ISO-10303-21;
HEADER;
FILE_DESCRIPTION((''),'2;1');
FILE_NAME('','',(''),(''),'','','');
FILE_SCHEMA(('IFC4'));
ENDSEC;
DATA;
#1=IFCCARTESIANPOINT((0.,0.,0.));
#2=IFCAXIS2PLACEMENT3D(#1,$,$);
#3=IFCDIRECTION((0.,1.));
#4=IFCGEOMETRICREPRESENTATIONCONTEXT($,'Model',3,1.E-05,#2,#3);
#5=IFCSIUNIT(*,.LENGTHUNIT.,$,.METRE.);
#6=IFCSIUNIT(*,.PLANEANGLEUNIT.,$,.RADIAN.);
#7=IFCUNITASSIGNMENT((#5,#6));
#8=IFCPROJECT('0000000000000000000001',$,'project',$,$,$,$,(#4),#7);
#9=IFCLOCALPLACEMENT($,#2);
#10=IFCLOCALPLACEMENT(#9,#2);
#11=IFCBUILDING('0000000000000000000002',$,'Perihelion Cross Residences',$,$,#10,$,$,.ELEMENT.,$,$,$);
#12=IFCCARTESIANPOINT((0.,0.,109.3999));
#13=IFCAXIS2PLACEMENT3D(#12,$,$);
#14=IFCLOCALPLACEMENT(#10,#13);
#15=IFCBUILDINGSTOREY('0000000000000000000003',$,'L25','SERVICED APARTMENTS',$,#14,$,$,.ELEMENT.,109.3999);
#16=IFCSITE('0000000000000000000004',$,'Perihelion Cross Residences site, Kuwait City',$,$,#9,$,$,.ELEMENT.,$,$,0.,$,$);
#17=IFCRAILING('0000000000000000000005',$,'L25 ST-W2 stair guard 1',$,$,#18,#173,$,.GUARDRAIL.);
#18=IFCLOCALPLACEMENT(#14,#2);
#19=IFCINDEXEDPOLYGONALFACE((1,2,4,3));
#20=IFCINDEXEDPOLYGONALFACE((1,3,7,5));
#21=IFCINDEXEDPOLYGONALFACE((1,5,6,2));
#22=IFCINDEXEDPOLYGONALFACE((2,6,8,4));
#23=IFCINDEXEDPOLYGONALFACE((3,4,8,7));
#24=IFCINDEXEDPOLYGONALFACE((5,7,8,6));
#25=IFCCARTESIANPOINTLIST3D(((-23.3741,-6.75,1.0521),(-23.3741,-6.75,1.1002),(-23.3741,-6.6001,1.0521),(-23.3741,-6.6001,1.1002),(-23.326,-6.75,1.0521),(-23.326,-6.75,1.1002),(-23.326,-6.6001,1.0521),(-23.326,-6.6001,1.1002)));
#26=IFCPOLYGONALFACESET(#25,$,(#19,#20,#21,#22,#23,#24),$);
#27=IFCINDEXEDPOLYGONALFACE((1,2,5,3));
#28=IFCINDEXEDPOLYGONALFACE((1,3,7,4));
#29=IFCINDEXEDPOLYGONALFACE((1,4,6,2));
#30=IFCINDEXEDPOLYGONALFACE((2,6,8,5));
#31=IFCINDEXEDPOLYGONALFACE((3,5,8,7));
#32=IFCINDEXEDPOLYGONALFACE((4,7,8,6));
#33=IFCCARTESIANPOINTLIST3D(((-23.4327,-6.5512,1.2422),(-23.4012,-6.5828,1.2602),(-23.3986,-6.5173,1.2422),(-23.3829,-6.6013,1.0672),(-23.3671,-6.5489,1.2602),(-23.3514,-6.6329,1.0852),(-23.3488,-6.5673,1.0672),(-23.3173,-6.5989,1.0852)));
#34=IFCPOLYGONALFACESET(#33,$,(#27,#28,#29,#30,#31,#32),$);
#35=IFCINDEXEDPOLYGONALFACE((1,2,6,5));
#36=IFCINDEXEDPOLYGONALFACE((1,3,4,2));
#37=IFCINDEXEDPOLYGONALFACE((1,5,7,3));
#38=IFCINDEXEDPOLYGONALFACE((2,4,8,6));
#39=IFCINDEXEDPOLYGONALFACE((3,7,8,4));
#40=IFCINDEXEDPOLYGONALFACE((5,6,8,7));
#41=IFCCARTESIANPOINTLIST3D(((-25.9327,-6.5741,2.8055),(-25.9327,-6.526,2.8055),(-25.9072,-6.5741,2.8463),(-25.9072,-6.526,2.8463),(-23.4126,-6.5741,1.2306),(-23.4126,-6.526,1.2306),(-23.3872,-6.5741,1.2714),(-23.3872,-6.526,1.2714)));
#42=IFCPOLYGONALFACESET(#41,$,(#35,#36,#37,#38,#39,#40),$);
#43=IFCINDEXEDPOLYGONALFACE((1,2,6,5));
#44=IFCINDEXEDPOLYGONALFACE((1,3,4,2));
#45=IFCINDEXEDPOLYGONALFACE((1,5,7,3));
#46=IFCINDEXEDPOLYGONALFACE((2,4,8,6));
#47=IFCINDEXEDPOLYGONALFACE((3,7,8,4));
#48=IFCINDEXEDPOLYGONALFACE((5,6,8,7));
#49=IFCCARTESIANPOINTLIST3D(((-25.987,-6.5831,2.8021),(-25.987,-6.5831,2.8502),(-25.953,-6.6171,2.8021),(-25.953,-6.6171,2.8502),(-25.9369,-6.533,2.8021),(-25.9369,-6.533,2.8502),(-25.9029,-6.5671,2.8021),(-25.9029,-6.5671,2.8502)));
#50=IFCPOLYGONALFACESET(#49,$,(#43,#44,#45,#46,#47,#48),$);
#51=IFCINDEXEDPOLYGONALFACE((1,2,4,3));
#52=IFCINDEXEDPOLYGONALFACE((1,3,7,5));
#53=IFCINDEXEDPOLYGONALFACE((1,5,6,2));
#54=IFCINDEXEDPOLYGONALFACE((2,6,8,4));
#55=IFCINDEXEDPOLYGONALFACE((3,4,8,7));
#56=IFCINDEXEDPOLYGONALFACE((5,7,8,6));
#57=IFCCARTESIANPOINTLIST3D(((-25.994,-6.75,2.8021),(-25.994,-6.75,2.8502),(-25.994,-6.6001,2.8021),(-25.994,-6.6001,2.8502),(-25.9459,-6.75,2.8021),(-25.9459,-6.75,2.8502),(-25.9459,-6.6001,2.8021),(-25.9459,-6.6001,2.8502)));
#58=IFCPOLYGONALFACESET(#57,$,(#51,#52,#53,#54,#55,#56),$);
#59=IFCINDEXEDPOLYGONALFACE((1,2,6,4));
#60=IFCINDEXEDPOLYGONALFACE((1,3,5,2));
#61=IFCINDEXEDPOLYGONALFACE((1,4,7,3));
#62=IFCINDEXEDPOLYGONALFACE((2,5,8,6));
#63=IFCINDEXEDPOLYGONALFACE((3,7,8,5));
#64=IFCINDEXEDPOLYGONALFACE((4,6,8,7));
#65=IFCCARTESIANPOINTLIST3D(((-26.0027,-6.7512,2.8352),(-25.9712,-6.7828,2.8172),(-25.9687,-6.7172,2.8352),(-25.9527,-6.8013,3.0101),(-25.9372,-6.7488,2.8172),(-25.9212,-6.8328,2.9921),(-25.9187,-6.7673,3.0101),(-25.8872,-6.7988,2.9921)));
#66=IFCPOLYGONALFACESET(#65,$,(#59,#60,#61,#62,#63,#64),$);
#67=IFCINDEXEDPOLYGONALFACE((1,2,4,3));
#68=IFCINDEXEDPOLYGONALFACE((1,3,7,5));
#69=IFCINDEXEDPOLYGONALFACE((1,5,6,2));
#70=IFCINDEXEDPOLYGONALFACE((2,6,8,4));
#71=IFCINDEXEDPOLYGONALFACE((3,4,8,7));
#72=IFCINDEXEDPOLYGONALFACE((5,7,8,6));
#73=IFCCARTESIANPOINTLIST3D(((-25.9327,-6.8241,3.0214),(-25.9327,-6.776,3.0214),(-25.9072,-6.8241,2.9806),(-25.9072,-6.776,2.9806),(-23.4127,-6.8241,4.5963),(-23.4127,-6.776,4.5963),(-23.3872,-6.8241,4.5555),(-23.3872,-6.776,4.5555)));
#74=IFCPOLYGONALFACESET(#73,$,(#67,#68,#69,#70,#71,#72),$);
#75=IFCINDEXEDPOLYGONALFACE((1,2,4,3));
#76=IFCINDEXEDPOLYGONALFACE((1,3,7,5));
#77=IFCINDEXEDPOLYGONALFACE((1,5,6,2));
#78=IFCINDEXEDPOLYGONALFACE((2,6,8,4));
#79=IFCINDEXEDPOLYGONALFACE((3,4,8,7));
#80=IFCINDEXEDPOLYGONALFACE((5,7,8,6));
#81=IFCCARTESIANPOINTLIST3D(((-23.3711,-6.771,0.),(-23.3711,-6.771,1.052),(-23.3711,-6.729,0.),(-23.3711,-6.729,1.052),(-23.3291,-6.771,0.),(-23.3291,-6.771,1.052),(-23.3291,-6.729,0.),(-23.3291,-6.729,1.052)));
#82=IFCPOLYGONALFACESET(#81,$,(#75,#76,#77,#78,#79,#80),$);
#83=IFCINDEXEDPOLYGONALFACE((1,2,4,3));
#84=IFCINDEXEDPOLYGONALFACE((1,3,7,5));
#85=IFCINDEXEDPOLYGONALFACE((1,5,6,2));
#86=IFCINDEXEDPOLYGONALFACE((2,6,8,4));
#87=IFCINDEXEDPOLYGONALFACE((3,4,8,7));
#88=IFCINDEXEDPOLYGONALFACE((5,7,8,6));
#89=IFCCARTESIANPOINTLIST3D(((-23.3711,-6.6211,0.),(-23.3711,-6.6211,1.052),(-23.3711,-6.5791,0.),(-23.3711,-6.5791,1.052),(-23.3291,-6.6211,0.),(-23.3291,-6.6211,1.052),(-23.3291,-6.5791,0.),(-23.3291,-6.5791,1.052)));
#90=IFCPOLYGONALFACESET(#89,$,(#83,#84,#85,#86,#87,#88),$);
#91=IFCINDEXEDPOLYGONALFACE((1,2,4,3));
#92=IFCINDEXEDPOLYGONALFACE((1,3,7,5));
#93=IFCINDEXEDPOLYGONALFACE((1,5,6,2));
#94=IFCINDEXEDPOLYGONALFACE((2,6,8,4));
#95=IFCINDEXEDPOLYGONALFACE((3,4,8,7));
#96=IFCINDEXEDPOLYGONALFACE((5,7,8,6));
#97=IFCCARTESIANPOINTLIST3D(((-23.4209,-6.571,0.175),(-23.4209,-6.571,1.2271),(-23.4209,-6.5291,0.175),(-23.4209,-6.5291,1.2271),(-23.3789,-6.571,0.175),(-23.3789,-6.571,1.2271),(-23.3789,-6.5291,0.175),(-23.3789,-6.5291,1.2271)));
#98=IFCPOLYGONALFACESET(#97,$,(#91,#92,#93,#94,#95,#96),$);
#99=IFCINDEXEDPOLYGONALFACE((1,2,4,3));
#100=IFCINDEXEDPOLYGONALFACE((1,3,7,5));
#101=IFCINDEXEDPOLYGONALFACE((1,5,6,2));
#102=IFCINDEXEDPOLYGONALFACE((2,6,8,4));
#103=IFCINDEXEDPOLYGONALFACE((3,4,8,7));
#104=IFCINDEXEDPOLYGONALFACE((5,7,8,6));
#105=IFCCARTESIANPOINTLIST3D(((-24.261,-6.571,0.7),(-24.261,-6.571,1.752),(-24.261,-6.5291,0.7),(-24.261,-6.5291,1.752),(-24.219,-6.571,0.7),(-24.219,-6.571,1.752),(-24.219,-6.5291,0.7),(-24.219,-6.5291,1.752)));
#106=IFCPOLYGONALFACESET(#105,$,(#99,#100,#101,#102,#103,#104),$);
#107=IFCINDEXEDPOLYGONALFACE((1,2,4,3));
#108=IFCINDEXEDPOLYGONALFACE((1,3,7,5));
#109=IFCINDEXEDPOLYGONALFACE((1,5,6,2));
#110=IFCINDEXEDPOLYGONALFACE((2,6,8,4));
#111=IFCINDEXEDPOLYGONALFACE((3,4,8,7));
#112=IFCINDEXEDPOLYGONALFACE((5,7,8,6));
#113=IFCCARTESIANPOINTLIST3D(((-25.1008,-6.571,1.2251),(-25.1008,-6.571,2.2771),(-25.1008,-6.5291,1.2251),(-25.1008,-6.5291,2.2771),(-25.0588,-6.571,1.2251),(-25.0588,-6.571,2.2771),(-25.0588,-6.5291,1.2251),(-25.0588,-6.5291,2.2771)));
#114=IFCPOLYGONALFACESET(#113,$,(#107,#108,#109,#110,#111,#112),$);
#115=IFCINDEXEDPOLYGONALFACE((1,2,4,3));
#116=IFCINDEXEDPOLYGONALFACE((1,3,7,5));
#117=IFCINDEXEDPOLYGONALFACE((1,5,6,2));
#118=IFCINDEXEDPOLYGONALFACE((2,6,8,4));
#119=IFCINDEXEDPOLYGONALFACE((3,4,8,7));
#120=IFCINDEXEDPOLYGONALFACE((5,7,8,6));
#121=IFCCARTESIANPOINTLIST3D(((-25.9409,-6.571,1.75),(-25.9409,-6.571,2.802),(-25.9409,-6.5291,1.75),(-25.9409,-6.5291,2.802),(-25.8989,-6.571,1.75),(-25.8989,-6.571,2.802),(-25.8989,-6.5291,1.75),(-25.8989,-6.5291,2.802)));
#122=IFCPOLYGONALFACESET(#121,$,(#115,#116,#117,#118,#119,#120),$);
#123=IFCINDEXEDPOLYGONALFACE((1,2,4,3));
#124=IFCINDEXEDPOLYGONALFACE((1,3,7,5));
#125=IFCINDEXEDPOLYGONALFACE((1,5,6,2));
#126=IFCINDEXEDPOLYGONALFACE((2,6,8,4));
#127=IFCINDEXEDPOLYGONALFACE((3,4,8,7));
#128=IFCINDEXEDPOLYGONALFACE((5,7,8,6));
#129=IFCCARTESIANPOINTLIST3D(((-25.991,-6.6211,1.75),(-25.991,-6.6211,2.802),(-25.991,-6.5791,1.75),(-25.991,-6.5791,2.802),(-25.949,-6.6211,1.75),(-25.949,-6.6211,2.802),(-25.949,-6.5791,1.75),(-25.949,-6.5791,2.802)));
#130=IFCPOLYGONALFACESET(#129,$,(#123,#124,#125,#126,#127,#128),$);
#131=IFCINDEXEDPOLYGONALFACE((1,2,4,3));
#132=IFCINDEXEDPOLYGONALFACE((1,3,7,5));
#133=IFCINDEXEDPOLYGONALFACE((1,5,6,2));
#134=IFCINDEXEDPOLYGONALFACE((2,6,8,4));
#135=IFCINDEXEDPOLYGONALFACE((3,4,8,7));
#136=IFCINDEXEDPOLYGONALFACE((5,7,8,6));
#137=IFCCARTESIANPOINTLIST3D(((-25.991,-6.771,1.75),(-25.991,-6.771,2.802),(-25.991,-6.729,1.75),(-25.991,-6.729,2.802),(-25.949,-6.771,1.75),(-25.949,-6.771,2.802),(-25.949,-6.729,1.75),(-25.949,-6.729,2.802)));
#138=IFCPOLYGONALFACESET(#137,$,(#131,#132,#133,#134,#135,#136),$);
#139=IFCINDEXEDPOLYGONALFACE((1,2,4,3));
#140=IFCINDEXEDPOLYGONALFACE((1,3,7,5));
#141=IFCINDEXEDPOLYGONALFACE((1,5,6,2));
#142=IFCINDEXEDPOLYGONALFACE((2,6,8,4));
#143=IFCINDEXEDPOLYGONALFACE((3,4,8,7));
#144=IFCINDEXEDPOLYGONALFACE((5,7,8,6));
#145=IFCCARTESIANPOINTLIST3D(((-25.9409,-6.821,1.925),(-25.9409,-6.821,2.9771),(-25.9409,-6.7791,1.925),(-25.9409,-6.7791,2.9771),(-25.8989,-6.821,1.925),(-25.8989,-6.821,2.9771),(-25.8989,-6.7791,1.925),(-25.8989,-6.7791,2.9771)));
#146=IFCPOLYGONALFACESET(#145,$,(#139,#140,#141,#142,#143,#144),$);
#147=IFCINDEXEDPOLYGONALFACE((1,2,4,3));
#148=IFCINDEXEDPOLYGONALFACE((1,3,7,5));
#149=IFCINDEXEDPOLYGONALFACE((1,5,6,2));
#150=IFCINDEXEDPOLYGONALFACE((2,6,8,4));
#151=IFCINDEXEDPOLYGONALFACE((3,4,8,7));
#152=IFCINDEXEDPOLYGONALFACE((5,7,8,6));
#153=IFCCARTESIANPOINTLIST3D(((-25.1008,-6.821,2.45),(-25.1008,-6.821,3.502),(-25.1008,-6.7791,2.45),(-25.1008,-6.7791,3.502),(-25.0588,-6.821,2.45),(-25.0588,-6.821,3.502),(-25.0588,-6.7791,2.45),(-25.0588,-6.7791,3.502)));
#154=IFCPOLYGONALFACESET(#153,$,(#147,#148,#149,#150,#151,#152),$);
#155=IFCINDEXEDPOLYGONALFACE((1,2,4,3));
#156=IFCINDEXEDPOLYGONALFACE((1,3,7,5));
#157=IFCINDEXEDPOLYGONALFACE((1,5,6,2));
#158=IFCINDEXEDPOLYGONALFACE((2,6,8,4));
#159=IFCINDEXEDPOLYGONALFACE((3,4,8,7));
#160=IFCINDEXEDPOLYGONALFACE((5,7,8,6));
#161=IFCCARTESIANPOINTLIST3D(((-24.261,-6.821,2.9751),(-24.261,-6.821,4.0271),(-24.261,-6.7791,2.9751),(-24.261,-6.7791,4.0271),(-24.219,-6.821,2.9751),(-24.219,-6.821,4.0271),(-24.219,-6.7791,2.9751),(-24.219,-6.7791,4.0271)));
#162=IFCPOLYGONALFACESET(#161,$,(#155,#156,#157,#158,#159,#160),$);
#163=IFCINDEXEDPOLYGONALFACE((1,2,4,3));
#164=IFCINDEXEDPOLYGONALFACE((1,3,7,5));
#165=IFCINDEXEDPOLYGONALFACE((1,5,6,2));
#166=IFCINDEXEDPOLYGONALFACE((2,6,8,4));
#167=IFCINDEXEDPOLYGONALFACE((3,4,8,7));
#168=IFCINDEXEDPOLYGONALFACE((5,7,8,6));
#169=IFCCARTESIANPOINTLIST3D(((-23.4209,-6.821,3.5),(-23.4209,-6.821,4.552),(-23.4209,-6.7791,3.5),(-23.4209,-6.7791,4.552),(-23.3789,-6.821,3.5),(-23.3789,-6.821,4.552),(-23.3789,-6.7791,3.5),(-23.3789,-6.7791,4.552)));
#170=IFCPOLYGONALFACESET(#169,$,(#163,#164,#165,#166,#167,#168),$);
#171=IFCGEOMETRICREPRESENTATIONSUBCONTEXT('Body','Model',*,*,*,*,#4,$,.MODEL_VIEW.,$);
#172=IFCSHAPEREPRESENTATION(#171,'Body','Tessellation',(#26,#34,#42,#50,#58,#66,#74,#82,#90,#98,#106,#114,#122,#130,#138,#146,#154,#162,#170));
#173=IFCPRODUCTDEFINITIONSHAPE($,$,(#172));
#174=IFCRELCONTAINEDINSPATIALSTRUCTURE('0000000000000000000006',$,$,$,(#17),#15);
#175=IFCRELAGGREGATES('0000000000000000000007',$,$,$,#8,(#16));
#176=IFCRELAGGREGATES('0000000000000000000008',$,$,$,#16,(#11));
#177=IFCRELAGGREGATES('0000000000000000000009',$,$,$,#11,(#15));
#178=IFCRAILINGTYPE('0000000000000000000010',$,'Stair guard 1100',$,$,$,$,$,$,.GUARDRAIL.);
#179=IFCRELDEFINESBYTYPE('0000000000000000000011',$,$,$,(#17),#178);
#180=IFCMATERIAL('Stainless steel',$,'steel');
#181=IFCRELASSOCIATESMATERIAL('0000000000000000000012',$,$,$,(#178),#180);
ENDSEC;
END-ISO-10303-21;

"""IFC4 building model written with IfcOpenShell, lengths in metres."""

from ifc_helpers import new_model, si_unit, direction, frame, origin, origin_2d, place, context, subcontext, project, spatial, rectangle, extrude, material, type_object, element, save


model = new_model("IFC4")

# Units and contexts
model_context = context("Model", 3, precision=1e-05, world=origin(), true_north=direction((0.0, 1.0)))
body_context = subcontext(model_context, "Body", "Model", "MODEL_VIEW")
ifc_project = project(units=[si_unit("LENGTHUNIT", "METRE"), si_unit("PLANEANGLEUNIT", "RADIAN")], contexts=[model_context])

# Site, building, storey
site_placement = place(None, origin())
site = spatial("IfcSite", under=ifc_project, at=site_placement, Name="Perihelion Cross Residences site, Kuwait City", CompositionType="ELEMENT", RefElevation=0.0)
building_placement = place(site_placement, origin())
building = spatial("IfcBuilding", under=site, at=building_placement, Name="Perihelion Cross Residences", CompositionType="ELEMENT")
storey_placement = place(building_placement, frame((0.0, 0.0, 109.3999)))
storey = spatial("IfcBuildingStorey", under=building, at=storey_placement, Name="L25", Description="SERVICED APARTMENTS", CompositionType="ELEMENT", Elevation=109.3999)

# Railing
ifc_material_1 = material(Name="Stainless steel", Category="steel")
railing_type_1 = type_object("IfcRailingType", Name="Stair guard 1100", PredefinedType="GUARDRAIL", material=ifc_material_1)
railing_1_placement = place(storey_placement, frame((-23.3501, -6.75, 0.0)))
element("IfcRailing", 1, at=railing_1_placement, inside=storey, type_object=railing_type_1, Name="L25 ST-W2 stair guard 1", PredefinedType="GUARDRAIL", context=body_context, shape_type="SweptSolid", body=[
    extrude(rectangle(XDim=0.0481, YDim=0.0481, at=origin_2d()), frame((0.0, 0.0, 1.0762), z_axis=(0.0, 1.0, 0.0), x_axis=(-1.0, 0.0, 0.0)), (0.0, 0.0, 1.0), 0.1499),
    extrude(rectangle(XDim=0.0481, YDim=0.0481, at=origin_2d()), frame((0.0, 0.1499, 1.0762), z_axis=(-0.263862, 0.265156, 0.927399), x_axis=(-0.708834, -0.705376, 0.0)), (0.0, 0.0, 1.0), 0.1887),
    extrude(rectangle(XDim=0.0481, YDim=0.0481, at=origin_2d()), frame((-0.0498, 0.2, 1.251), z_axis=(-0.848008, 0.0, 0.529984), x_axis=(0.0, -1.0, 0.0)), (0.0, 0.0, 1.0), 2.9717),
    extrude(rectangle(XDim=0.0481, YDim=0.0481, at=origin_2d()), frame((-2.5698, 0.2, 2.8262), z_axis=(-0.707107, -0.707107, 0.0), x_axis=(0.707107, -0.707107, 0.0)), (0.0, 0.0, 1.0), 0.0708),
    extrude(rectangle(XDim=0.0481, YDim=0.0481, at=origin_2d()), frame((-2.6199, 0.1499, 2.8262), z_axis=(0.0, -1.0, 0.0), x_axis=(1.0, 0.0, 0.0)), (0.0, 0.0, 1.0), 0.1499),
    extrude(rectangle(XDim=0.0481, YDim=0.0481, at=origin_2d()), frame((-2.6199, 0.0, 2.8262), z_axis=(0.265065, -0.265065, 0.927082), x_axis=(0.707107, 0.707107, 0.0)), (0.0, 0.0, 1.0), 0.1887),
    extrude(rectangle(XDim=0.0481, YDim=0.0481, at=origin_2d()), frame((-2.5698, -0.05, 3.001), z_axis=(0.848008, 0.0, 0.529984), x_axis=(0.0, 1.0, 0.0)), (0.0, 0.0, 1.0), 2.9717),
    extrude(rectangle(XDim=0.042, YDim=0.042, at=origin_2d()), origin(), (0.0, 0.0, 1.0), 1.052),
    extrude(rectangle(XDim=0.042, YDim=0.042, at=origin_2d()), frame((0.0, 0.1499, 0.0)), (0.0, 0.0, 1.0), 1.052),
    extrude(rectangle(XDim=0.042, YDim=0.042, at=origin_2d()), frame((-0.0498, 0.2, 0.175)), (0.0, 0.0, 1.0), 1.052),
    extrude(rectangle(XDim=0.042, YDim=0.042, at=origin_2d()), frame((-0.8899, 0.2, 0.7)), (0.0, 0.0, 1.0), 1.052),
    extrude(rectangle(XDim=0.042, YDim=0.042, at=origin_2d()), frame((-1.7297, 0.2, 1.2251)), (0.0, 0.0, 1.0), 1.052),
    extrude(rectangle(XDim=0.042, YDim=0.042, at=origin_2d()), frame((-2.5698, 0.2, 1.75)), (0.0, 0.0, 1.0), 1.052),
    extrude(rectangle(XDim=0.042, YDim=0.042, at=origin_2d()), frame((-2.6199, 0.1499, 1.75)), (0.0, 0.0, 1.0), 1.052),
    extrude(rectangle(XDim=0.042, YDim=0.042, at=origin_2d()), frame((-2.6199, 0.0, 1.75)), (0.0, 0.0, 1.0), 1.052),
    extrude(rectangle(XDim=0.042, YDim=0.042, at=origin_2d()), frame((-2.5698, -0.05, 1.925)), (0.0, 0.0, 1.0), 1.052),
    extrude(rectangle(XDim=0.042, YDim=0.042, at=origin_2d()), frame((-1.7297, -0.05, 2.45)), (0.0, 0.0, 1.0), 1.052),
    extrude(rectangle(XDim=0.042, YDim=0.042, at=origin_2d()), frame((-0.8899, -0.05, 2.9751)), (0.0, 0.0, 1.0), 1.052),
    extrude(rectangle(XDim=0.042, YDim=0.042, at=origin_2d()), frame((-0.0498, -0.05, 3.5)), (0.0, 0.0, 1.0), 1.052),
])

save(model, "model.ifc")
